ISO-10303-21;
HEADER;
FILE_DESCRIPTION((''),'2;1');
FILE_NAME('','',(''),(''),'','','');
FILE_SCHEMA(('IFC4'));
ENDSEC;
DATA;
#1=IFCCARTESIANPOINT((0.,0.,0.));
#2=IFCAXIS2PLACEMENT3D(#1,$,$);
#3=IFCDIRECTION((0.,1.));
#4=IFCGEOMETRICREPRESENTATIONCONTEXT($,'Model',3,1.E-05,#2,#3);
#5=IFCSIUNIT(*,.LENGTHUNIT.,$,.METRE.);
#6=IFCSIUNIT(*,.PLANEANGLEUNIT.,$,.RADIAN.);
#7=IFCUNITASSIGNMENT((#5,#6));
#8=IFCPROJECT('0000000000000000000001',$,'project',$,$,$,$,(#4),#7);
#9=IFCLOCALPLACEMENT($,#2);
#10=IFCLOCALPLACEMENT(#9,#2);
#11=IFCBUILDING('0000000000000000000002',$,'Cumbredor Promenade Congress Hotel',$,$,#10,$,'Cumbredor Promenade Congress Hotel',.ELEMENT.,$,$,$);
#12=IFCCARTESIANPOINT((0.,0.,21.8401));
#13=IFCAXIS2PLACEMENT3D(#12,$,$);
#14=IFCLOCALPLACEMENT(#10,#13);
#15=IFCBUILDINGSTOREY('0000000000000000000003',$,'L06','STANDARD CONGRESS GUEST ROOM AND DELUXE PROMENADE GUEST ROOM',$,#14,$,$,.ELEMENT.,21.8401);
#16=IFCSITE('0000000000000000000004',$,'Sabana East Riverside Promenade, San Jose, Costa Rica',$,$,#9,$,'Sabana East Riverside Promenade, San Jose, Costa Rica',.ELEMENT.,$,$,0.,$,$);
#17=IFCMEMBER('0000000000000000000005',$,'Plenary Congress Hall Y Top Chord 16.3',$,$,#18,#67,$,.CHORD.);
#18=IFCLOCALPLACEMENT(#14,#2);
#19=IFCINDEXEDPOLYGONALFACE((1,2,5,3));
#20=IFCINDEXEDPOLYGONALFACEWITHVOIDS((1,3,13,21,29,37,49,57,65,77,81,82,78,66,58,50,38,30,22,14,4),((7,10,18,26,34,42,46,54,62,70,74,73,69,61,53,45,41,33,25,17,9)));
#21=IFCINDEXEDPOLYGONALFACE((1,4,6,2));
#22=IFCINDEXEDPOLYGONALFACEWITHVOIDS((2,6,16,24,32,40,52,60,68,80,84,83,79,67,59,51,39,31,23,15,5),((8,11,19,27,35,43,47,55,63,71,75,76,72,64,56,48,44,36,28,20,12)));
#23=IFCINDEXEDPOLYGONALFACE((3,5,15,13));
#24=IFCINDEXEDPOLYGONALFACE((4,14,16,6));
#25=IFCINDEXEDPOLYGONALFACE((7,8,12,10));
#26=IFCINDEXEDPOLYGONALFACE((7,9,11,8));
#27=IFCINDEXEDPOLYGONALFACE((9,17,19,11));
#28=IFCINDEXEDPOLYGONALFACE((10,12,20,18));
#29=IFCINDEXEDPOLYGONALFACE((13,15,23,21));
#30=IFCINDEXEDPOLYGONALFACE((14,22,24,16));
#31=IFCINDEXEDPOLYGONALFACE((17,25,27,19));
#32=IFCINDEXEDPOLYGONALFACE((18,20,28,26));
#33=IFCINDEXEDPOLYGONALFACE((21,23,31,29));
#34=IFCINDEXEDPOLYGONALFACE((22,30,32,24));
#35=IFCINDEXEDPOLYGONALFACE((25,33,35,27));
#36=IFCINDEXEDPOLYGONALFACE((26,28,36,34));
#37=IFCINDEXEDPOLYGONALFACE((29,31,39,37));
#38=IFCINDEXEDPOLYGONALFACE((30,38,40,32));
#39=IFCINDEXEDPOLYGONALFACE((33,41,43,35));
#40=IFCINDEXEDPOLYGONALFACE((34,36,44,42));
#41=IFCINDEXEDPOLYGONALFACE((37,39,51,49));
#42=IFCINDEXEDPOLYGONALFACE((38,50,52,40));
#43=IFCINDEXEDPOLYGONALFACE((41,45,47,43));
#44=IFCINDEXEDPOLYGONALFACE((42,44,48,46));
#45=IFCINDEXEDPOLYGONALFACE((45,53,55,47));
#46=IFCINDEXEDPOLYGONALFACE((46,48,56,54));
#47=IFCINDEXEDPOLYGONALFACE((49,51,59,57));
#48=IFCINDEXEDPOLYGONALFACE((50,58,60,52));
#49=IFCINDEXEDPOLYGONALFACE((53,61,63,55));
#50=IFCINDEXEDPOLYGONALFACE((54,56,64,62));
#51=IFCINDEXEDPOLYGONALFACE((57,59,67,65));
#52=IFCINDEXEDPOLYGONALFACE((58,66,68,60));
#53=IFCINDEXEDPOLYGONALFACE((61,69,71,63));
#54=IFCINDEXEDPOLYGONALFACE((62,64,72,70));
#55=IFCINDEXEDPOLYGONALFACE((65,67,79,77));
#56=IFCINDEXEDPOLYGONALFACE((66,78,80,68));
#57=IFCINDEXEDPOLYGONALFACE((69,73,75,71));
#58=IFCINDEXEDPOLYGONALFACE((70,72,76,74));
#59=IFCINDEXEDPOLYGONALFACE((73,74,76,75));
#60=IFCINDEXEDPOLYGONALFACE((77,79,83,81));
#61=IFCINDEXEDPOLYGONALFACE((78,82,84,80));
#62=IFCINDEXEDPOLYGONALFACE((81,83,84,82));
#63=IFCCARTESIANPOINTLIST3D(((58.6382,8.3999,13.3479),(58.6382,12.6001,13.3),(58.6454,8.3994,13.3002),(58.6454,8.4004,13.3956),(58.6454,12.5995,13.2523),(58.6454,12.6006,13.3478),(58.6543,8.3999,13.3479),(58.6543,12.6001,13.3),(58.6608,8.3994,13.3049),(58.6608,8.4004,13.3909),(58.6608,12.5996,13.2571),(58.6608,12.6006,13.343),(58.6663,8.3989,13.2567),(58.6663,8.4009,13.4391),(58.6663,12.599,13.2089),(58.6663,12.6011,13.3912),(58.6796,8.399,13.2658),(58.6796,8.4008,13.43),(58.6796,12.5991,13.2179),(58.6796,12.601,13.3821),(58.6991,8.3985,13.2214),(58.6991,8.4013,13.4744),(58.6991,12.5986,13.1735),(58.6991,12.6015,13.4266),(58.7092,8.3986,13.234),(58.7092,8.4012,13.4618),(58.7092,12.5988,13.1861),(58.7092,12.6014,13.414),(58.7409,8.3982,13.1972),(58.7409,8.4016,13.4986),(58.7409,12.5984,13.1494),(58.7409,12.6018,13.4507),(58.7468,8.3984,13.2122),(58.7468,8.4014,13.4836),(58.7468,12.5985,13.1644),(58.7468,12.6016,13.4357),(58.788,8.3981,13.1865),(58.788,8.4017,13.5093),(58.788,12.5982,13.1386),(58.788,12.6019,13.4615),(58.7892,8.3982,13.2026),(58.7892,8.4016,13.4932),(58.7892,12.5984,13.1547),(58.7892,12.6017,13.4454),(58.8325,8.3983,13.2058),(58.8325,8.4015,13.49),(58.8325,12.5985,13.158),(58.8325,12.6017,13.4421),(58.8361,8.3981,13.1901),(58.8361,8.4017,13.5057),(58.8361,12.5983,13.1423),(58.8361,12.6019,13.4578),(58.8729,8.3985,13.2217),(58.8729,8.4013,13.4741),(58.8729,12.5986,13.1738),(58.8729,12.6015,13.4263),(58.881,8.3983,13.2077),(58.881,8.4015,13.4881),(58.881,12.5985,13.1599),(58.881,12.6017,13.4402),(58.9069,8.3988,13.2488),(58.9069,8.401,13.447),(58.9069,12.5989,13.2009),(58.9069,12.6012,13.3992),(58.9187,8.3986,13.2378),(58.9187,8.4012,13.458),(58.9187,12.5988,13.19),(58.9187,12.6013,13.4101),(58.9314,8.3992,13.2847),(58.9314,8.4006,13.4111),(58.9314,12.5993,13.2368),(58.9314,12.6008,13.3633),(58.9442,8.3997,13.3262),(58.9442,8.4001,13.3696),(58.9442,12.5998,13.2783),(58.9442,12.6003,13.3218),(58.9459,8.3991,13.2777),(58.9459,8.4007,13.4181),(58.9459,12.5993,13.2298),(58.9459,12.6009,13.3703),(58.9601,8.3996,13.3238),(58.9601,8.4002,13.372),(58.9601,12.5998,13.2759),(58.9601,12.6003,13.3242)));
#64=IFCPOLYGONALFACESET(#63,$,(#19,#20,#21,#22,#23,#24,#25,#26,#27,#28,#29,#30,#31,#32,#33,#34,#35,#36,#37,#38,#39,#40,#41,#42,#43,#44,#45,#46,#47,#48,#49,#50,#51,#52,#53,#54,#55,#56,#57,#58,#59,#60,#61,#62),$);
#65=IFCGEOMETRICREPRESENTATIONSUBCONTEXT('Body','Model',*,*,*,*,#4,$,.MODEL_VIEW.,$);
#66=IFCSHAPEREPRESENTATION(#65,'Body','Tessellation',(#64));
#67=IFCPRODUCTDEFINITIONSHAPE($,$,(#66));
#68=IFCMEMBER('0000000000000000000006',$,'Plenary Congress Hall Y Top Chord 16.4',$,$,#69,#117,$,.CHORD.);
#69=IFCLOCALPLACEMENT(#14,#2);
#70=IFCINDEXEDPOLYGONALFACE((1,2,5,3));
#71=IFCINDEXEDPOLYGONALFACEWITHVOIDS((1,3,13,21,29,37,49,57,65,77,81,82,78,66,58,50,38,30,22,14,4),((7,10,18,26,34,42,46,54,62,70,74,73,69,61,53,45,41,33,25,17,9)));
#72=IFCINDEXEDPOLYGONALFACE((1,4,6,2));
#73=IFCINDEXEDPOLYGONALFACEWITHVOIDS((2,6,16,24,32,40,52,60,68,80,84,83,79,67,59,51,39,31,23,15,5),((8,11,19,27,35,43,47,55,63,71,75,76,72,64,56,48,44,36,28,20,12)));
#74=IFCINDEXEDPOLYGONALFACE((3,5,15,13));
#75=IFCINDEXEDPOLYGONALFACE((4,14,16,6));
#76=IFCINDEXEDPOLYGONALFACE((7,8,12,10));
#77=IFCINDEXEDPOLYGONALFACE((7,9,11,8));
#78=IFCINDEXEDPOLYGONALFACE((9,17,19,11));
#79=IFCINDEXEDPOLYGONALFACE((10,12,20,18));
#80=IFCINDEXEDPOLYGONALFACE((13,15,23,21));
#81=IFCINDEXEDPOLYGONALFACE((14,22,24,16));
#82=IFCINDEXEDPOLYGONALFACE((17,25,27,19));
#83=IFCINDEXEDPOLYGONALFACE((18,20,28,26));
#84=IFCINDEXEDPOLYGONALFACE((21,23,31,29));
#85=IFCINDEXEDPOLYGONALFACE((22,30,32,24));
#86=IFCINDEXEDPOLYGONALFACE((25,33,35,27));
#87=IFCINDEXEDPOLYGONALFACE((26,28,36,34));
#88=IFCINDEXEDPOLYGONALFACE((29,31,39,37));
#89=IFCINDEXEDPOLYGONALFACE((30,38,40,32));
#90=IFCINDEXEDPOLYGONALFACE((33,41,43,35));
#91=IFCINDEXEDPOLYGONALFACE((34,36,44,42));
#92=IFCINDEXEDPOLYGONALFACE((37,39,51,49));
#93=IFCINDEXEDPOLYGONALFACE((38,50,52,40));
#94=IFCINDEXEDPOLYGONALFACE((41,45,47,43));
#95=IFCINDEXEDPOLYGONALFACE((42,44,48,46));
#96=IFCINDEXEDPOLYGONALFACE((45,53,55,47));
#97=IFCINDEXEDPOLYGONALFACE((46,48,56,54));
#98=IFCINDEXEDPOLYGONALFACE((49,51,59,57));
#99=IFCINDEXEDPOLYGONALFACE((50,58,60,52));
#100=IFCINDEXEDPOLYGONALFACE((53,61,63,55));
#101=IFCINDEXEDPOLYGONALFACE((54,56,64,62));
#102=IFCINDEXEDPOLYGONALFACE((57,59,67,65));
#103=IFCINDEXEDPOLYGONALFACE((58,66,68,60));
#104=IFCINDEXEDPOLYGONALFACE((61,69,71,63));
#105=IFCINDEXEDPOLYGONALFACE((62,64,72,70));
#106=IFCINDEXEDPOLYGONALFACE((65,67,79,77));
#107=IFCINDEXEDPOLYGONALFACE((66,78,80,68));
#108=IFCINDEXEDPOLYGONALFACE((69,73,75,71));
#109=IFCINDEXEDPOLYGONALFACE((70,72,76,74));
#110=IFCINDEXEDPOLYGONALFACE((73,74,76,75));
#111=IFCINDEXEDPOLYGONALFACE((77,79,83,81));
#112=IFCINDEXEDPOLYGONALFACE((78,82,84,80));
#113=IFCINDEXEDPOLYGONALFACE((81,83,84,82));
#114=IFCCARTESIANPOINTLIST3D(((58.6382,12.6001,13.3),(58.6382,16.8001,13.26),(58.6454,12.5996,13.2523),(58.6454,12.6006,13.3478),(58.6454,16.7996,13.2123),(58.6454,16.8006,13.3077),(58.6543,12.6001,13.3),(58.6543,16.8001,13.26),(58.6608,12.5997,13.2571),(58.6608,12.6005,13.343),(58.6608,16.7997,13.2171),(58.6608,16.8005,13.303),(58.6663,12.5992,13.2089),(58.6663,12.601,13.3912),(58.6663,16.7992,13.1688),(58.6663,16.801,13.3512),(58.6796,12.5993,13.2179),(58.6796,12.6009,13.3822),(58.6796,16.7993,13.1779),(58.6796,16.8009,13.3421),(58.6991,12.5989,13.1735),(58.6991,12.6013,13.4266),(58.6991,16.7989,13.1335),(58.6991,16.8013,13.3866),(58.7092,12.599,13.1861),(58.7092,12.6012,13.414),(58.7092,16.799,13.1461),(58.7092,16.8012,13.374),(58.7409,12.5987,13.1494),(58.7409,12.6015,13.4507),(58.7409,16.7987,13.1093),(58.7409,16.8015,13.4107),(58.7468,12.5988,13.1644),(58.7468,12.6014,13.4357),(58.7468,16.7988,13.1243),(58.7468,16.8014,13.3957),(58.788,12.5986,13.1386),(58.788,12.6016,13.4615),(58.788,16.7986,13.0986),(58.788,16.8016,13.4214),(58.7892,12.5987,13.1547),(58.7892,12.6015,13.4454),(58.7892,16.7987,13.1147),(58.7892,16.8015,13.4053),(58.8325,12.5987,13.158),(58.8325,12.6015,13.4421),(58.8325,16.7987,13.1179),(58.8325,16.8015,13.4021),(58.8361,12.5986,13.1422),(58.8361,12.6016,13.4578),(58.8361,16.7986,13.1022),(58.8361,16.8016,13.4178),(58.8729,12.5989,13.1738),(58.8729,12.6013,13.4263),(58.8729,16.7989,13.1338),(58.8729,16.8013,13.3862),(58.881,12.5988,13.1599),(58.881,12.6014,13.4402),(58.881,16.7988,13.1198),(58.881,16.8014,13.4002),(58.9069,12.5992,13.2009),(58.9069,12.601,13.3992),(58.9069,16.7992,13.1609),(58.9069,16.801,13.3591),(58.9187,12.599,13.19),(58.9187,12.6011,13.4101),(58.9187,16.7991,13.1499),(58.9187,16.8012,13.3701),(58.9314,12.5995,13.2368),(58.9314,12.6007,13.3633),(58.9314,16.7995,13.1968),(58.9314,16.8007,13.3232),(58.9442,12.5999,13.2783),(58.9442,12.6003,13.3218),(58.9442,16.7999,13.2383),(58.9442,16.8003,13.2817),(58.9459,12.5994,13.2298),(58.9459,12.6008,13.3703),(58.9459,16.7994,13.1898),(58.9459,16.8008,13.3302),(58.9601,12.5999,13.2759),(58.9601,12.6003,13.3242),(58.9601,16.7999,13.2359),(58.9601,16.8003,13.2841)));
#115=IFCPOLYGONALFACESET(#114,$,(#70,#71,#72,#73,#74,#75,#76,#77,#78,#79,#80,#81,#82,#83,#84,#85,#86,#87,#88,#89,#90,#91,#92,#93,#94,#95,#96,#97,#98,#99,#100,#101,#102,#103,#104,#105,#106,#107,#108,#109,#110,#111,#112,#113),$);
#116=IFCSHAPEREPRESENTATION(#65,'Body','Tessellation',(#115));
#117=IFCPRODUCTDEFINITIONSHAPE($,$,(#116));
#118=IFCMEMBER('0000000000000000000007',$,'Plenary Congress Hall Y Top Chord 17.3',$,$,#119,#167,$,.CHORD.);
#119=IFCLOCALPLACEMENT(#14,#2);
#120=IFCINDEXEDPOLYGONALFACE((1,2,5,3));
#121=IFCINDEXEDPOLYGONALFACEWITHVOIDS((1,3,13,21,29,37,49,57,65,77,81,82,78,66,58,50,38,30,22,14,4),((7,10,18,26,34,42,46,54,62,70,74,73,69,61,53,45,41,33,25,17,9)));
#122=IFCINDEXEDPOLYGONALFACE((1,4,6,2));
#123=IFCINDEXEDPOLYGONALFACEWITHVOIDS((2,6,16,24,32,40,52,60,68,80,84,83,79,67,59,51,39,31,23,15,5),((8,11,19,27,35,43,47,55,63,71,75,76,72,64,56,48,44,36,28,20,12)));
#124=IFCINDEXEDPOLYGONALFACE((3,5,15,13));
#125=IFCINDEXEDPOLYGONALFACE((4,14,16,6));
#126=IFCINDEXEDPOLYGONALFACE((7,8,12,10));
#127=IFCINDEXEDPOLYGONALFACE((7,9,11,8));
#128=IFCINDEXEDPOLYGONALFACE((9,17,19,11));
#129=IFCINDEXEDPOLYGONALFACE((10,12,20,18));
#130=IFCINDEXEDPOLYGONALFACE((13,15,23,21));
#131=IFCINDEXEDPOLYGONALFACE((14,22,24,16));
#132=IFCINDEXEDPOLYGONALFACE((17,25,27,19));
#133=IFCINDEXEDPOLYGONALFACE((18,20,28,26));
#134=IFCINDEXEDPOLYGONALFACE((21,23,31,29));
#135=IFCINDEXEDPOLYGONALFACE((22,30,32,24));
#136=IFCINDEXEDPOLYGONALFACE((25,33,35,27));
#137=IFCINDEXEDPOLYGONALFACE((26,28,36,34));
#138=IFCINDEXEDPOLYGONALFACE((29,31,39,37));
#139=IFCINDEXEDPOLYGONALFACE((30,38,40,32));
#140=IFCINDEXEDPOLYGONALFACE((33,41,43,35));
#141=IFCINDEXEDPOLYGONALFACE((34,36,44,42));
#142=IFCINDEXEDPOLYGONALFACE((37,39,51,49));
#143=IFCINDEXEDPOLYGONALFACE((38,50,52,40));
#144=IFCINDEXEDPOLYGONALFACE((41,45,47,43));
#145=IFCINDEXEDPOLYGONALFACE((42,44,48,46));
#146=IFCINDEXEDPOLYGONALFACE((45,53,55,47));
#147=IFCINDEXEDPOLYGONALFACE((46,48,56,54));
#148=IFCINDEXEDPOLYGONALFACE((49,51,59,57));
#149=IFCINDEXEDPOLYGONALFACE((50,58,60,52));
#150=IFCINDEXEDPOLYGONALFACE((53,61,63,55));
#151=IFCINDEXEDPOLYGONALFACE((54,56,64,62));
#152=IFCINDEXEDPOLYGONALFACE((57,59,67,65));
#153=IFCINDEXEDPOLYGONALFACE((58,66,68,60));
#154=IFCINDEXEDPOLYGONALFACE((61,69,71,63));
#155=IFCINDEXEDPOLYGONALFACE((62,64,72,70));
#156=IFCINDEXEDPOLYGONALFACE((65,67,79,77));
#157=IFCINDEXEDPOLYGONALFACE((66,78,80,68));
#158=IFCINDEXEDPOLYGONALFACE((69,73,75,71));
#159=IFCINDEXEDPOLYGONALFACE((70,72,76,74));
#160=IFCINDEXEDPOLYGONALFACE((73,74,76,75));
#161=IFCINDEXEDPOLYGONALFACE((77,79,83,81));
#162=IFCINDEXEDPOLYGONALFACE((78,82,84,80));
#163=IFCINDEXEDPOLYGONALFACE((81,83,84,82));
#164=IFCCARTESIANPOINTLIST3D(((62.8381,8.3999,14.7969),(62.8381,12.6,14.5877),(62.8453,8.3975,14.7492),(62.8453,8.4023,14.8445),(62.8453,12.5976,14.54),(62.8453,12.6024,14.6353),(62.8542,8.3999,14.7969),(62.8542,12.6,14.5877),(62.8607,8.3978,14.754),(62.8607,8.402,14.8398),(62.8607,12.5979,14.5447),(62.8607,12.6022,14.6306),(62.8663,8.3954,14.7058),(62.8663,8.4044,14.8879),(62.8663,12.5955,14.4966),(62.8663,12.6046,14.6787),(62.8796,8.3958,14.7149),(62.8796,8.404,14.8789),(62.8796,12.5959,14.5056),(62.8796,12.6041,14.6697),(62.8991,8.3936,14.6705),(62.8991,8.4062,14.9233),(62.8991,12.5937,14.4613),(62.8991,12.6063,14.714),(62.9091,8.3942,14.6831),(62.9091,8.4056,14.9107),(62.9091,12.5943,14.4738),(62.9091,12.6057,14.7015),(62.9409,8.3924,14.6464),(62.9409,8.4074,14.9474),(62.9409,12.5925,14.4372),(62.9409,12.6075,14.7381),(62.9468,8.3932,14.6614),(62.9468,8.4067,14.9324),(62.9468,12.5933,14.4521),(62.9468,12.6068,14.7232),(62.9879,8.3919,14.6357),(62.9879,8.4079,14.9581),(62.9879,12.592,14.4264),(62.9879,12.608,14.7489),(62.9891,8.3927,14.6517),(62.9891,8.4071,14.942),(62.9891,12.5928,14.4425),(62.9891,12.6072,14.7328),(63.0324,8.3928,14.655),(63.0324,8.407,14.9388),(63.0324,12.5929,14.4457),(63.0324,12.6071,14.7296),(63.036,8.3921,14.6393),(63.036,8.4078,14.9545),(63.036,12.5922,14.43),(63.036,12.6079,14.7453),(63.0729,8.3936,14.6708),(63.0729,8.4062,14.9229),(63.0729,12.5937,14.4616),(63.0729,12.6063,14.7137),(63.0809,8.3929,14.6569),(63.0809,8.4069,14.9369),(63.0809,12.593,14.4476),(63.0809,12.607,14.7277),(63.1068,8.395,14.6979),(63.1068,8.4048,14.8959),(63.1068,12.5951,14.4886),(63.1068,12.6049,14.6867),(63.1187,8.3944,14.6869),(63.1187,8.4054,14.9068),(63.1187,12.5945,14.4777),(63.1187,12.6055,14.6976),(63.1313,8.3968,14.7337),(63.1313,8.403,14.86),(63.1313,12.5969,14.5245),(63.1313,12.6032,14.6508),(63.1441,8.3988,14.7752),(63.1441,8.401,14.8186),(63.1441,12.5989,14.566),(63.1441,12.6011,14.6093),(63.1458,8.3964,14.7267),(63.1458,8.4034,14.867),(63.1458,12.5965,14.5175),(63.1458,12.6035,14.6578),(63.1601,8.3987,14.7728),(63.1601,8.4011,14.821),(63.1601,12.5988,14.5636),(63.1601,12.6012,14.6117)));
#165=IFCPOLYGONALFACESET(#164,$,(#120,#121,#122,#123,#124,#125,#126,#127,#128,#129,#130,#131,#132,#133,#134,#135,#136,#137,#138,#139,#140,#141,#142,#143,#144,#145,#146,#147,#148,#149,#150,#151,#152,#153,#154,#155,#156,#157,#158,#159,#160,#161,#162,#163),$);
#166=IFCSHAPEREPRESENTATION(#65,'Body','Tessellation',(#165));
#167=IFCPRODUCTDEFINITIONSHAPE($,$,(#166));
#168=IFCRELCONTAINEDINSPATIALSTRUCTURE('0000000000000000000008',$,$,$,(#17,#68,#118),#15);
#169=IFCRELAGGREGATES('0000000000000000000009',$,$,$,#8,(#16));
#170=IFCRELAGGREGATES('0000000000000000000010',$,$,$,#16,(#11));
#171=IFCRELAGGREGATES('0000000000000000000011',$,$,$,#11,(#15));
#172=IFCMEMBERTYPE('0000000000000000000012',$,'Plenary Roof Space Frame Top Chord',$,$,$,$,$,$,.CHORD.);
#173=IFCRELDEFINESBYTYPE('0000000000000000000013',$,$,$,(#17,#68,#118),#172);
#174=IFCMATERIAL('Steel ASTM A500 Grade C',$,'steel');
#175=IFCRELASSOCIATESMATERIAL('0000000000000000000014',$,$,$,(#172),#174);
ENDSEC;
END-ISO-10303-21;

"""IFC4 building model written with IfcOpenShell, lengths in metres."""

from ifc_helpers import new_model, si_unit, direction, frame, origin, origin_2d, place, context, subcontext, project, spatial, hollow_circle, extrude, material, material_profile, profile_set, type_object, element, save


model = new_model("IFC4")

# Units and contexts
model_context = context("Model", 3, precision=1e-05, world=origin(), true_north=direction((0.0, 1.0)))
body_context = subcontext(model_context, "Body", "Model", "MODEL_VIEW")
ifc_project = project(units=[si_unit("LENGTHUNIT", "METRE"), si_unit("PLANEANGLEUNIT", "RADIAN")], contexts=[model_context])

# Site, building, storey
site_placement = place(None, origin())
site = spatial("IfcSite", under=ifc_project, at=site_placement, Name="Sabana East Riverside Promenade, San Jose, Costa Rica", LongName="Sabana East Riverside Promenade, San Jose, Costa Rica", CompositionType="ELEMENT", RefElevation=0.0)
building_placement = place(site_placement, origin())
building = spatial("IfcBuilding", under=site, at=building_placement, Name="Cumbredor Promenade Congress Hotel", LongName="Cumbredor Promenade Congress Hotel", CompositionType="ELEMENT")
storey_placement = place(building_placement, frame((0.0, 0.0, 21.8401)))
storey = spatial("IfcBuildingStorey", under=building, at=storey_placement, Name="L06", Description="STANDARD CONGRESS GUEST ROOM AND DELUXE PROMENADE GUEST ROOM", CompositionType="ELEMENT", Elevation=21.8401)

# Members
ifc_material_1 = material(Name="Steel ASTM A500 Grade C", Category="steel")
ifc_material_profile_1 = material_profile(ifc_material_1, hollow_circle(Radius=0.1619, WallThickness=0.0161, at=origin_2d()), Name="CHS 323.9x16")
ifc_profile_set_1 = profile_set([ifc_material_profile_1], Name="Steel ASTM A500 Grade C")
member_type_1 = type_object("IfcMemberType", Name="Plenary Roof Space Frame Top Chord", PredefinedType="CHORD", material=ifc_profile_set_1)
member_1_placement = place(storey_placement, frame((58.8, 8.3999, 13.3479), z_axis=(0.0, 0.999935, -0.011392), x_axis=(-1.0, 0.0, 0.0)))
element("IfcMember", 1, at=member_1_placement, inside=storey, type_object=member_type_1, Name="Plenary Congress Hall Y Top Chord 16.3", PredefinedType="CHORD", context=body_context, shape_type="SweptSolid", body=[
    extrude(hollow_circle(Radius=0.1619, WallThickness=0.0161, at=origin_2d()), origin(), (0.0, 0.0, 1.0), 4.2004),
])
member_2_placement = place(storey_placement, frame((58.8, 12.6001, 13.3), z_axis=(0.0, 0.999955, -0.009533), x_axis=(-1.0, 0.0, 0.0)))
element("IfcMember", 2, at=member_2_placement, inside=storey, type_object=member_type_1, Name="Plenary Congress Hall Y Top Chord 16.4", PredefinedType="CHORD", context=body_context, shape_type="SweptSolid", body=[
    extrude(hollow_circle(Radius=0.1619, WallThickness=0.0161, at=origin_2d()), origin(), (0.0, 0.0, 1.0), 4.2002),
])
member_3_placement = place(storey_placement, frame((63.0, 8.3999, 14.7969), z_axis=(0.0, 0.998762, -0.049752), x_axis=(-1.0, 0.0, 0.0)))
element("IfcMember", 3, at=member_3_placement, inside=storey, type_object=member_type_1, Name="Plenary Congress Hall Y Top Chord 17.3", PredefinedType="CHORD", context=body_context, shape_type="SweptSolid", body=[
    extrude(hollow_circle(Radius=0.1619, WallThickness=0.0161, at=origin_2d()), origin(), (0.0, 0.0, 1.0), 4.2053),
])

save(model, "model.ifc")
